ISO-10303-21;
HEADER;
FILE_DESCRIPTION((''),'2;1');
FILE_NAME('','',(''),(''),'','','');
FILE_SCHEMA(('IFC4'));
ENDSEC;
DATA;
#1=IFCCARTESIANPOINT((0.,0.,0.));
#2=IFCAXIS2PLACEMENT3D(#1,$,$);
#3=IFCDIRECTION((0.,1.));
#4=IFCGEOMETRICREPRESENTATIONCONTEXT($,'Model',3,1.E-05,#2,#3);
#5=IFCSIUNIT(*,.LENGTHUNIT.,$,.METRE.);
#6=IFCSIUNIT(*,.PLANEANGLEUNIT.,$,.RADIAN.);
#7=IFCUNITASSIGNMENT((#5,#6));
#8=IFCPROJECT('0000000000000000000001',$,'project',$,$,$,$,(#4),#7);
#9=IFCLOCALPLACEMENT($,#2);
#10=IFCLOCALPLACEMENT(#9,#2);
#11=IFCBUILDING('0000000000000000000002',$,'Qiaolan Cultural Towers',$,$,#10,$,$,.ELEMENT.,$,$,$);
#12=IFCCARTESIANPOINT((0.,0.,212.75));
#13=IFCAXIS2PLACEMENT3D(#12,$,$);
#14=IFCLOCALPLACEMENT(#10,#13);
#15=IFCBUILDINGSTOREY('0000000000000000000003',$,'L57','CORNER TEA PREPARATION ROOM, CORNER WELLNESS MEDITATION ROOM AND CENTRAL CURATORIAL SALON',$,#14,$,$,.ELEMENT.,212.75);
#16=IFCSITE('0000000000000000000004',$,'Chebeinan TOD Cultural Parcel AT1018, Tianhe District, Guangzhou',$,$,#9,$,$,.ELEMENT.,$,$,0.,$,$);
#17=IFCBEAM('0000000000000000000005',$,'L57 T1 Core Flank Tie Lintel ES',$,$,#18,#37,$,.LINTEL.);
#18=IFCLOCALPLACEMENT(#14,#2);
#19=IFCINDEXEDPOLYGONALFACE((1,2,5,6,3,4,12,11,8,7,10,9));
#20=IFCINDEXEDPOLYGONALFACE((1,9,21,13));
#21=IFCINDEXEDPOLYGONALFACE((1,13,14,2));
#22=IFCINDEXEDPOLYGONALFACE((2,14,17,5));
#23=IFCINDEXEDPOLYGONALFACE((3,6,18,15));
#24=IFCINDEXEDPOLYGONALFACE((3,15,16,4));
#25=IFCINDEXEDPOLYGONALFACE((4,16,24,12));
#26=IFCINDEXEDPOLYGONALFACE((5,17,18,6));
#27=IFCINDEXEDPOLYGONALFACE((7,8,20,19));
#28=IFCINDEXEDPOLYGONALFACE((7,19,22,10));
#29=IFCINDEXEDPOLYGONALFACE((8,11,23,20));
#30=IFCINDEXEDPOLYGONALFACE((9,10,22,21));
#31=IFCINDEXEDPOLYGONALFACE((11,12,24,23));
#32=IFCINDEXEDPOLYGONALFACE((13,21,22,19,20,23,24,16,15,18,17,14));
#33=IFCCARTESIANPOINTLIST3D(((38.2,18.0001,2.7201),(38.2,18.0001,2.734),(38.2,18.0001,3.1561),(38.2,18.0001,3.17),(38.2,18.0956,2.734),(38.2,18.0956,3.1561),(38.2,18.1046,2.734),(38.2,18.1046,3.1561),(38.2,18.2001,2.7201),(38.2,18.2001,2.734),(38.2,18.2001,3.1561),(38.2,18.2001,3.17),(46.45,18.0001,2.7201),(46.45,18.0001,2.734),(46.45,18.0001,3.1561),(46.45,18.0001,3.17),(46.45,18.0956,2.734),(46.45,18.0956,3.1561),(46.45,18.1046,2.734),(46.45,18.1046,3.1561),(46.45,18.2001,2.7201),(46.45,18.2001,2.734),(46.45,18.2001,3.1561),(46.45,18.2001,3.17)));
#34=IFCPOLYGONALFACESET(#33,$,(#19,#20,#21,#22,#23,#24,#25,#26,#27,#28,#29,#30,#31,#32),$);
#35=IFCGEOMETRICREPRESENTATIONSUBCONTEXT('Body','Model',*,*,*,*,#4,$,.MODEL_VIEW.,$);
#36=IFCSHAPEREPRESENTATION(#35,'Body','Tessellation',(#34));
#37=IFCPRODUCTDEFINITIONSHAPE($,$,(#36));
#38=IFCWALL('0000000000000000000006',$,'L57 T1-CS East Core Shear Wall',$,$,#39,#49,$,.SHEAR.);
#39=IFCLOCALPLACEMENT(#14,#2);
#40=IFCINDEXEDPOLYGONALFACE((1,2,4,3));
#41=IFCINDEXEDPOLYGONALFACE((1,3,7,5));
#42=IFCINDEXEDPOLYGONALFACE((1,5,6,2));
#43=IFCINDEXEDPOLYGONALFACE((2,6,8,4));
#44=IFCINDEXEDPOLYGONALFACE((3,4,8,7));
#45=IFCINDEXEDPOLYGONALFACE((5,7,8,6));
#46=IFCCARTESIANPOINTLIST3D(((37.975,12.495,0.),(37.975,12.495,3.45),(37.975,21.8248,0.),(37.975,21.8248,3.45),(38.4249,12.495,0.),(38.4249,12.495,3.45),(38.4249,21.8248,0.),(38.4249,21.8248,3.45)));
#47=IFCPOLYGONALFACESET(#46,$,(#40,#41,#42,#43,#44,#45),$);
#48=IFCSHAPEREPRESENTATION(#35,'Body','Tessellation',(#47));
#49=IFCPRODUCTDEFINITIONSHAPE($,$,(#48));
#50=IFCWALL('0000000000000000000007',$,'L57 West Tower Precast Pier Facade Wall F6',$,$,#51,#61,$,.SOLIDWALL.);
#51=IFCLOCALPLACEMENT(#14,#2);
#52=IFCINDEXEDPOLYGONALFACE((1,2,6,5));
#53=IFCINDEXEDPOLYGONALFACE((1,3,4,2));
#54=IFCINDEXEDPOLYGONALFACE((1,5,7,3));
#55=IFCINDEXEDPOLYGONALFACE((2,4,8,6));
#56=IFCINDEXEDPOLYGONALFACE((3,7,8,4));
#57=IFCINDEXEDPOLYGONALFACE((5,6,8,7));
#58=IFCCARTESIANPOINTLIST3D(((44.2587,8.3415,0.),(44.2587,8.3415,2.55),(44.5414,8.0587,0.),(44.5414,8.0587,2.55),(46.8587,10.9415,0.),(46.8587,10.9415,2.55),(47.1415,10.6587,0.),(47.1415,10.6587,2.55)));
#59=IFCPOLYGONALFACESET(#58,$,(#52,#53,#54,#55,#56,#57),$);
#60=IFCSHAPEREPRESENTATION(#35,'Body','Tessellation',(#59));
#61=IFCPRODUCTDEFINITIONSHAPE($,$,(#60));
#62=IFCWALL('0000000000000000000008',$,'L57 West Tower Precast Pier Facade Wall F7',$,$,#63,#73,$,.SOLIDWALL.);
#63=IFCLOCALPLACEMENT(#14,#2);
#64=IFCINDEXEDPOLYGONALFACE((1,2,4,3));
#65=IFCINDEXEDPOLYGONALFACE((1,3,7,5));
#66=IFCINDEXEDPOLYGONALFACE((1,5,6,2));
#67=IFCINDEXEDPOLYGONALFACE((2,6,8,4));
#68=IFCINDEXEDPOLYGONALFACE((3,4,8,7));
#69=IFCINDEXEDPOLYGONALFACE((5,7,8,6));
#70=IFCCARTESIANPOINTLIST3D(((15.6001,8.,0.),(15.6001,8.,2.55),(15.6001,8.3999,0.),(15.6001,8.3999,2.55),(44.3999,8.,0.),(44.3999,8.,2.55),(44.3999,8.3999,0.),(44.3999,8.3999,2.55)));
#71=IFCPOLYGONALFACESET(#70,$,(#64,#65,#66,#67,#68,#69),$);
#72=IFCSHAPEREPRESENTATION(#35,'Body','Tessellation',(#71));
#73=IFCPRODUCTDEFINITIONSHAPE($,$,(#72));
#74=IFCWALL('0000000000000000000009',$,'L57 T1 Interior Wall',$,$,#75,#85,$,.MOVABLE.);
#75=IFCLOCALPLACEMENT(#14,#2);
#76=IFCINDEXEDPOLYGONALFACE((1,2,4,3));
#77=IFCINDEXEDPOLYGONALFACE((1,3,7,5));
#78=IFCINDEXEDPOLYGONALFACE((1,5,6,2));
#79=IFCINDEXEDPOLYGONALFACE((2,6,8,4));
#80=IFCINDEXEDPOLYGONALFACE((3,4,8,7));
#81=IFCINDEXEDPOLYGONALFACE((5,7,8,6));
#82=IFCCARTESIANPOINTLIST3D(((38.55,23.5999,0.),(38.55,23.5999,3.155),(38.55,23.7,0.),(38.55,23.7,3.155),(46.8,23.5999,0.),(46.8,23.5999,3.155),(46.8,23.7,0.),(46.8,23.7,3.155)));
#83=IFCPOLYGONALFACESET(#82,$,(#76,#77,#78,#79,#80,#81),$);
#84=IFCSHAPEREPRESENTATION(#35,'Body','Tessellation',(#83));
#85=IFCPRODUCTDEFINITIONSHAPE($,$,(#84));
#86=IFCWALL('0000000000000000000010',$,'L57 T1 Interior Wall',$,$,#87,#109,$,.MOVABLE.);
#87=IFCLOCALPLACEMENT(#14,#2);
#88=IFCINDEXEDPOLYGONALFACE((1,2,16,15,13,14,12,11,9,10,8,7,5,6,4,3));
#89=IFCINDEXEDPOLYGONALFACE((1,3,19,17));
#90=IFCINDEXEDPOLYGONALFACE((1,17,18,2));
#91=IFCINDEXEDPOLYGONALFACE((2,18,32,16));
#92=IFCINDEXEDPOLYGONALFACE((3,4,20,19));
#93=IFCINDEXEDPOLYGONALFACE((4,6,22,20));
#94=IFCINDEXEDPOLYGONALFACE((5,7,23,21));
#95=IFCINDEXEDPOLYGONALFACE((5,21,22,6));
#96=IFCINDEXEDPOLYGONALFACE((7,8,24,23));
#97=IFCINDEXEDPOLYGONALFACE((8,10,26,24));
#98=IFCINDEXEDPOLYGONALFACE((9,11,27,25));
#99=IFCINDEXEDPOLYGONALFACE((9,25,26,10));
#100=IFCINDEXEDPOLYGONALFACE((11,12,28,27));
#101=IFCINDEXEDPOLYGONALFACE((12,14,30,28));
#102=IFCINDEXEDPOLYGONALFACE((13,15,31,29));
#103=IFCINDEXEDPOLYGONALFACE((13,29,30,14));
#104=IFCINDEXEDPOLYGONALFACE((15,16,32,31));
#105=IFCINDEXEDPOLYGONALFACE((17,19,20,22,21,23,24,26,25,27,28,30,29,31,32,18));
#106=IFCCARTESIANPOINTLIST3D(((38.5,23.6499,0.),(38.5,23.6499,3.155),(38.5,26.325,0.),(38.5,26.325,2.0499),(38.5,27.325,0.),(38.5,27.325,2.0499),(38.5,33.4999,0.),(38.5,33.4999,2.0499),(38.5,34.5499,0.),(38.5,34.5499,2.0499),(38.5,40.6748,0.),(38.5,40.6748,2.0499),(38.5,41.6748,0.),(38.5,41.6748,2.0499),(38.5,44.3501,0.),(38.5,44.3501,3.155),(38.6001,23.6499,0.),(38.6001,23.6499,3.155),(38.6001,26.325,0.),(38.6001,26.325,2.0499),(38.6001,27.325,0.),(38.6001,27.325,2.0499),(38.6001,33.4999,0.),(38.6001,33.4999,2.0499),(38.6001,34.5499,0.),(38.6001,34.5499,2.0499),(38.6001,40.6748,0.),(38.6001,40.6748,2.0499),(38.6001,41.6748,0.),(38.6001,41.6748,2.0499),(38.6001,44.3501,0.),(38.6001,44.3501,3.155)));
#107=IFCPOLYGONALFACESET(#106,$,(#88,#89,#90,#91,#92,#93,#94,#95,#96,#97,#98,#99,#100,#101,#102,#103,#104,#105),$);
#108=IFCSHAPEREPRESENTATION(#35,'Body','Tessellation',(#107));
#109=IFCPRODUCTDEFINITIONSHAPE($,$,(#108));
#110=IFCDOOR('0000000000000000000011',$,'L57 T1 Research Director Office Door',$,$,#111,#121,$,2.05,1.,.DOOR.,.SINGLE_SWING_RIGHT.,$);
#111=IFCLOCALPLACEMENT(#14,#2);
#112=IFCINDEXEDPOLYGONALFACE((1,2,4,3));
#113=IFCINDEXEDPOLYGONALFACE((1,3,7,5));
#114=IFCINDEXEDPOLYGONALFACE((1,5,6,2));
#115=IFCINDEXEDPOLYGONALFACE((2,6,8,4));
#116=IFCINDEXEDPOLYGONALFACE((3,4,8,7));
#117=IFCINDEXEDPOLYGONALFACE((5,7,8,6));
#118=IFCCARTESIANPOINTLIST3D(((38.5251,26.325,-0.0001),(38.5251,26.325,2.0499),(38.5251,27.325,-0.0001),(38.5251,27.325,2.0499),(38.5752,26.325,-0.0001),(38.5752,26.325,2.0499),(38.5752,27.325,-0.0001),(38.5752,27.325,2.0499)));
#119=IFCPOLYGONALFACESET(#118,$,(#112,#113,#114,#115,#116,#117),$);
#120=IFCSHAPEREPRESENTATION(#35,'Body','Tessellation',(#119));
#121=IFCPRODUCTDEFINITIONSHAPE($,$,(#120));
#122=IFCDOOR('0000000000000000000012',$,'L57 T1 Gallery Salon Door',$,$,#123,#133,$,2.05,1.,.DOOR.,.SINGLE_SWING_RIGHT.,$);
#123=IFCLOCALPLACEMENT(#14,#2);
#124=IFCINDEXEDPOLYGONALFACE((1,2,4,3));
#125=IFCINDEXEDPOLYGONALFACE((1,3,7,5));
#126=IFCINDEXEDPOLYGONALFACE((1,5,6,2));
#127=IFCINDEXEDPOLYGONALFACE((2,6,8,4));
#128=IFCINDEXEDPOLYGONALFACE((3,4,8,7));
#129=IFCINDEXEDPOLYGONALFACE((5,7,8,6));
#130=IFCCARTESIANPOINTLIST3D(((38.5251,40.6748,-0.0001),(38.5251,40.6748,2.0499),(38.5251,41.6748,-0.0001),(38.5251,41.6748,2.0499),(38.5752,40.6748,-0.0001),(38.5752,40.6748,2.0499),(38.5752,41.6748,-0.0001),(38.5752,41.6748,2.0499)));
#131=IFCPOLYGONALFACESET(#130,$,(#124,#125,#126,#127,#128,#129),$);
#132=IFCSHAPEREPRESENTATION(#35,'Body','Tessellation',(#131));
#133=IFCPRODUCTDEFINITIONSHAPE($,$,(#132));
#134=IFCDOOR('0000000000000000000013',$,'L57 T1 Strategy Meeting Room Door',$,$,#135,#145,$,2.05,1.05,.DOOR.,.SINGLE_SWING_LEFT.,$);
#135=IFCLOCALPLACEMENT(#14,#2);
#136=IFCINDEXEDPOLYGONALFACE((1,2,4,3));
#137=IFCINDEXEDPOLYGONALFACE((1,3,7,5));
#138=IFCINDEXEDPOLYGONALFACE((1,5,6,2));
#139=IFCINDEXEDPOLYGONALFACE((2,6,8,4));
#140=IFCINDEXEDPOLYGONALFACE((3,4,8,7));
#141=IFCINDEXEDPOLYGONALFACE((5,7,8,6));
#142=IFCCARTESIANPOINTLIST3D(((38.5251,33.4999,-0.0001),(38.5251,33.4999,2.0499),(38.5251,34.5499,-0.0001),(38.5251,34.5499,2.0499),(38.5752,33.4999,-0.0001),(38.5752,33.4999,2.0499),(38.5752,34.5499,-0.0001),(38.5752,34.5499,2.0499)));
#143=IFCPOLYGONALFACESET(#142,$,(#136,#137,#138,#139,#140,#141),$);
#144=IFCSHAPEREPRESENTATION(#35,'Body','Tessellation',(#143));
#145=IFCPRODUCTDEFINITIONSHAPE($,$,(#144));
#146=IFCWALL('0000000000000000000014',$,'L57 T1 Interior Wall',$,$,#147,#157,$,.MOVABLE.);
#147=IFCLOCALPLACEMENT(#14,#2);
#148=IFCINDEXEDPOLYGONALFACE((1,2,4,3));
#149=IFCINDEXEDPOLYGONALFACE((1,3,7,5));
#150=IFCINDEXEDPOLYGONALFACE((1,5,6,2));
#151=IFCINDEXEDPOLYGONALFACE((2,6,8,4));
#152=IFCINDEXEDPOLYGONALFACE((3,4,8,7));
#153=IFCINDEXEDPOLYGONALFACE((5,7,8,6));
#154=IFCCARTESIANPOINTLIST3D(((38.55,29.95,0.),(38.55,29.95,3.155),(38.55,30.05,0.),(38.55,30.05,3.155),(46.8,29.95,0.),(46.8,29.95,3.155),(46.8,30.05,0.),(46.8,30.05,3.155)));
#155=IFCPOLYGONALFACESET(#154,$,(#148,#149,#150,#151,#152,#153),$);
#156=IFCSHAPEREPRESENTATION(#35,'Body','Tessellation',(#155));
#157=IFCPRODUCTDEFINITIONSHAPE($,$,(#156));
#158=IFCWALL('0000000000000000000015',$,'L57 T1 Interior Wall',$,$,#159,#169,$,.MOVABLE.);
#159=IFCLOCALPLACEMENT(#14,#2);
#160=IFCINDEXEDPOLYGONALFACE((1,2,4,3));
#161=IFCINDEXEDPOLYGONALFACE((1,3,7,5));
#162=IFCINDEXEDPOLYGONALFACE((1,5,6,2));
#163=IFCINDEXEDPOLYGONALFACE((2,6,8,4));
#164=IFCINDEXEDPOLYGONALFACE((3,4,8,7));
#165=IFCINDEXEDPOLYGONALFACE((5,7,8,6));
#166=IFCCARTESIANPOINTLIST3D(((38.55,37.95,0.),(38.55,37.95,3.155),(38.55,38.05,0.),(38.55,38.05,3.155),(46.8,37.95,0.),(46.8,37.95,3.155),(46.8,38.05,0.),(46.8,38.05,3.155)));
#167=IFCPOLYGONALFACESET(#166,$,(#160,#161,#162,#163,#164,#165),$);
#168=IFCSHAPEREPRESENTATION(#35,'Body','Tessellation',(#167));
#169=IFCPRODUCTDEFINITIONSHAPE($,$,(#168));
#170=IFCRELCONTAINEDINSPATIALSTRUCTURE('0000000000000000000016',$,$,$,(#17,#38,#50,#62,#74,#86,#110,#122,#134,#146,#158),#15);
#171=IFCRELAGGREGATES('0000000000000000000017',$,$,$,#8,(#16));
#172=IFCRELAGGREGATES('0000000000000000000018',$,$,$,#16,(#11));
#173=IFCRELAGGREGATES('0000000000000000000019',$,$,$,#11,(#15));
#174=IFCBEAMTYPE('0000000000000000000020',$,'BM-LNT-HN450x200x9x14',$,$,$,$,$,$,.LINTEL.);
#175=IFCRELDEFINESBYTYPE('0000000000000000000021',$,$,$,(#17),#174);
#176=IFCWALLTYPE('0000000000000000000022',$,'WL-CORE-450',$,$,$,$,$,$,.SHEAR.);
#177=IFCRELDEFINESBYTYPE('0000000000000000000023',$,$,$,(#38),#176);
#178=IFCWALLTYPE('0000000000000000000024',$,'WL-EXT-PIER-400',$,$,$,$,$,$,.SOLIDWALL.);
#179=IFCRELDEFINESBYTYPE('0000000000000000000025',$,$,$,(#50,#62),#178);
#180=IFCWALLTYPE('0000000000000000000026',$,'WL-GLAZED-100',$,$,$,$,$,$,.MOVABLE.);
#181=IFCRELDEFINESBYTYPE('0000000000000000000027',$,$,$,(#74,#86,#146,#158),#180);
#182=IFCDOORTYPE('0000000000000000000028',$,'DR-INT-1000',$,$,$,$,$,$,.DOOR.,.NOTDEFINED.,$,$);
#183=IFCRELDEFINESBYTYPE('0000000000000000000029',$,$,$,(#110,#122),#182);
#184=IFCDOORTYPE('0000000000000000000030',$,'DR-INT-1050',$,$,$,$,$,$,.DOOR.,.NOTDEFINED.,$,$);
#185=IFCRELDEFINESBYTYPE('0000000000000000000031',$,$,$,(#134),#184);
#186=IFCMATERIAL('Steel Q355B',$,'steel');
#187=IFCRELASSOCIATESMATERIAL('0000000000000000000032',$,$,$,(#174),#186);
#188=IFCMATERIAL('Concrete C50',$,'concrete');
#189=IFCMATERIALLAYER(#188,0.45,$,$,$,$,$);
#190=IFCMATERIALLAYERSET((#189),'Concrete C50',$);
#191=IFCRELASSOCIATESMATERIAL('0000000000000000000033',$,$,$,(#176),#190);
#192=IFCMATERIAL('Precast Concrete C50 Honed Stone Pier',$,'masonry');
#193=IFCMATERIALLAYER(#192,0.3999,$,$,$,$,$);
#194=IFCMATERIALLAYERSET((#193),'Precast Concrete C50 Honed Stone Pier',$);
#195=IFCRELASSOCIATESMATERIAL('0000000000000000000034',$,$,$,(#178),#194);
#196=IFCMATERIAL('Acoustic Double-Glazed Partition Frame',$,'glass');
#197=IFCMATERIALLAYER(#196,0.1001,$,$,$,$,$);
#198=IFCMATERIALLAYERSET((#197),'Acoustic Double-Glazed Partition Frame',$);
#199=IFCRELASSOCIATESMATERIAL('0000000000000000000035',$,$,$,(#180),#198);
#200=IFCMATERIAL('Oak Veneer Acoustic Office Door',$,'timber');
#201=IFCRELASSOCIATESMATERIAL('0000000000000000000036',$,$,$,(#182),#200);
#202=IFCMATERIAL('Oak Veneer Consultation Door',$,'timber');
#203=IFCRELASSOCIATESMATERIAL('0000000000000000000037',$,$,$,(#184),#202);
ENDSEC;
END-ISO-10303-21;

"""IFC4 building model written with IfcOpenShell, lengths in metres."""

from ifc_helpers import new_model, si_unit, direction, frame, frame_2d, origin, origin_2d, place, context, subcontext, project, spatial, rectangle, i_section, extrude, material, layer, layer_set, material_profile, profile_set, type_object, element, fill, save


model = new_model("IFC4")

# Units and contexts
model_context = context("Model", 3, precision=1e-05, world=origin(), true_north=direction((0.0, 1.0)))
body_context = subcontext(model_context, "Body", "Model", "MODEL_VIEW")
ifc_project = project(units=[si_unit("LENGTHUNIT", "METRE"), si_unit("PLANEANGLEUNIT", "RADIAN")], contexts=[model_context])

# Site, building, storey
site_placement = place(None, origin())
site = spatial("IfcSite", under=ifc_project, at=site_placement, Name="Chebeinan TOD Cultural Parcel AT1018, Tianhe District, Guangzhou", CompositionType="ELEMENT", RefElevation=0.0)
building_placement = place(site_placement, origin())
building = spatial("IfcBuilding", under=site, at=building_placement, Name="Qiaolan Cultural Towers", CompositionType="ELEMENT")
storey_placement = place(building_placement, frame((0.0, 0.0, 212.75)))
storey = spatial("IfcBuildingStorey", under=building, at=storey_placement, Name="L57", Description="CORNER TEA PREPARATION ROOM, CORNER WELLNESS MEDITATION ROOM AND CENTRAL CURATORIAL SALON", CompositionType="ELEMENT", Elevation=212.75)

# Beam
ifc_material_1 = material(Name="Steel Q355B", Category="steel")
ifc_material_profile_1 = material_profile(ifc_material_1, i_section(OverallWidth=0.2, OverallDepth=0.45, WebThickness=0.009, FlangeThickness=0.0139, at=origin_2d()), Name="HN450x200x9x14")
ifc_profile_set_1 = profile_set([ifc_material_profile_1], Name="Steel Q355B")
beam_type_1 = type_object("IfcBeamType", Name="BM-LNT-HN450x200x9x14", PredefinedType="LINTEL", material=ifc_profile_set_1)
beam_1_placement = place(storey_placement, frame((38.2, 18.1001, 2.9451), z_axis=(1.0, 0.0, 0.0), x_axis=(0.0, 1.0, 0.0)))
element("IfcBeam", 1, at=beam_1_placement, inside=storey, type_object=beam_type_1, Name="L57 T1 Core Flank Tie Lintel ES", PredefinedType="LINTEL", context=body_context, shape_type="SweptSolid", body=[
    extrude(i_section(OverallWidth=0.2, OverallDepth=0.45, WebThickness=0.009, FlangeThickness=0.0139, at=origin_2d()), origin(), (0.0, 0.0, 1.0), 8.25),
])

# Walls
ifc_material_2 = material(Name="Concrete C50", Category="concrete")
ifc_layer_1 = layer(ifc_material_2, 0.45)
ifc_layer_set_1 = layer_set([ifc_layer_1], Name="Concrete C50")
wall_type_1 = type_object("IfcWallType", Name="WL-CORE-450", PredefinedType="SHEAR", material=ifc_layer_set_1)
wall_1_placement = place(storey_placement, frame((38.2, 21.825, 0.0), z_axis=(0.0, 0.0, 1.0), x_axis=(0.0, -1.0, 0.0)))
element("IfcWall", 2, at=wall_1_placement, inside=storey, type_object=wall_type_1, Name="L57 T1-CS East Core Shear Wall", PredefinedType="SHEAR", context=body_context, shape_type="SweptSolid", body=[
    extrude(rectangle(XDim=9.3298, YDim=0.45, at=frame_2d((4.665, 0.0))), origin(), (0.0, 0.0, 1.0), 3.45),
])
ifc_material_3 = material(Name="Precast Concrete C50 Honed Stone Pier", Category="masonry")
ifc_layer_2 = layer(ifc_material_3, 0.3999)
ifc_layer_set_2 = layer_set([ifc_layer_2], Name="Precast Concrete C50 Honed Stone Pier")
wall_type_2 = type_object("IfcWallType", Name="WL-EXT-PIER-400", PredefinedType="SOLIDWALL", material=ifc_layer_set_2)
wall_2_placement = place(storey_placement, frame((47.0, 10.8, 0.0), z_axis=(0.0, 0.0, 1.0), x_axis=(-0.707107, -0.707107, 0.0)))
element("IfcWall", 3, at=wall_2_placement, inside=storey, type_object=wall_type_2, Name="L57 West Tower Precast Pier Facade Wall F6", PredefinedType="SOLIDWALL", context=body_context, shape_type="SweptSolid", body=[
    extrude(rectangle(XDim=3.677, YDim=0.3999, at=frame_2d((1.8384, 0.0))), origin(), (0.0, 0.0, 1.0), 2.55),
])
wall_3_placement = place(storey_placement, frame((44.3999, 8.2, 0.0), z_axis=(0.0, 0.0, 1.0), x_axis=(-1.0, 0.0, 0.0)))
element("IfcWall", 4, at=wall_3_placement, inside=storey, type_object=wall_type_2, Name="L57 West Tower Precast Pier Facade Wall F7", PredefinedType="SOLIDWALL", context=body_context, shape_type="SweptSolid", body=[
    extrude(rectangle(XDim=28.7998, YDim=0.3999, at=frame_2d((14.3999, 0.0))), origin(), (0.0, 0.0, 1.0), 2.55),
])
ifc_material_4 = material(Name="Acoustic Double-Glazed Partition Frame", Category="glass")
ifc_layer_3 = layer(ifc_material_4, 0.1001)
ifc_layer_set_3 = layer_set([ifc_layer_3], Name="Acoustic Double-Glazed Partition Frame")
wall_type_3 = type_object("IfcWallType", Name="WL-GLAZED-100", PredefinedType="MOVABLE", material=ifc_layer_set_3)
wall_4_placement = place(storey_placement, frame((38.55, 23.6499, 0.0), z_axis=(0.0, 0.0, 1.0), x_axis=(1.0, 0.0, 0.0)))
element("IfcWall", 5, at=wall_4_placement, inside=storey, type_object=wall_type_3, Name="L57 T1 Interior Wall", PredefinedType="MOVABLE", context=body_context, shape_type="SweptSolid", body=[
    extrude(rectangle(XDim=8.25, YDim=0.1001, at=frame_2d((4.125, 0.0))), origin(), (0.0, 0.0, 1.0), 3.155),
])

# Wall, openings, doors
wall_5_placement = place(storey_placement, frame((38.55, 23.6499, 0.0), z_axis=(0.0, 0.0, 1.0), x_axis=(0.0, 1.0, 0.0)))
wall_5 = element("IfcWall", 6, at=wall_5_placement, inside=storey, type_object=wall_type_3, Name="L57 T1 Interior Wall", PredefinedType="MOVABLE", context=body_context, shape_type="SweptSolid", body=[
    extrude(rectangle(XDim=20.7002, YDim=0.1001, at=frame_2d((10.3501, 0.0))), origin(), (0.0, 0.0, 1.0), 3.155),
])
opening_1_placement = place(wall_5_placement, frame((2.675, 0.0, 0.0)))
opening_1 = element("IfcOpeningElement", 7, at=opening_1_placement, cuts=wall_5, PredefinedType="OPENING", context=body_context, shape_type="SweptSolid", body=[
    extrude(rectangle(XDim=1.0, YDim=2.05, at=frame_2d((0.5, 1.0249))), frame((0.0, 0.0601, 0.0), z_axis=(0.0, -1.0, 0.0), x_axis=(1.0, 0.0, 0.0)), (0.0, 0.0, 1.0), 0.1201),
])
opening_2_placement = place(wall_5_placement, frame((9.8501, 0.0, 0.0)))
opening_2 = element("IfcOpeningElement", 8, at=opening_2_placement, cuts=wall_5, PredefinedType="OPENING", context=body_context, shape_type="SweptSolid", body=[
    extrude(rectangle(XDim=1.05, YDim=2.05, at=frame_2d((0.5249, 1.0249))), frame((0.0, 0.0601, 0.0), z_axis=(0.0, -1.0, 0.0), x_axis=(1.0, 0.0, 0.0)), (0.0, 0.0, 1.0), 0.1201),
])
opening_3_placement = place(wall_5_placement, frame((17.0249, 0.0, 0.0)))
opening_3 = element("IfcOpeningElement", 9, at=opening_3_placement, cuts=wall_5, PredefinedType="OPENING", context=body_context, shape_type="SweptSolid", body=[
    extrude(rectangle(XDim=1.0, YDim=2.05, at=frame_2d((0.5, 1.0249))), frame((0.0, 0.0601, 0.0), z_axis=(0.0, -1.0, 0.0), x_axis=(1.0, 0.0, 0.0)), (0.0, 0.0, 1.0), 0.1201),
])
ifc_material_5 = material(Name="Oak Veneer Acoustic Office Door", Category="timber")
door_type_1 = type_object("IfcDoorType", Name="DR-INT-1000", OperationType="NOTDEFINED", PredefinedType="DOOR", material=ifc_material_5)
door_1_placement = place(opening_1_placement, origin())
door_1 = element("IfcDoor", 10, at=door_1_placement, inside=storey, type_object=door_type_1, Name="L57 T1 Research Director Office Door", OperationType="SINGLE_SWING_RIGHT", OverallHeight=2.05, OverallWidth=1.0, PredefinedType="DOOR", context=body_context, shape_type="SweptSolid", body=[
    extrude(rectangle(XDim=1.0, YDim=2.05, at=frame_2d((0.5, 1.0249))), frame((0.0, 0.0249, 0.0), z_axis=(0.0, -1.0, 0.0), x_axis=(1.0, 0.0, 0.0)), (0.0, 0.0, 1.0), 0.05),
])
fill(opening_1, door_1)
door_2_placement = place(opening_3_placement, origin())
door_2 = element("IfcDoor", 11, at=door_2_placement, inside=storey, type_object=door_type_1, Name="L57 T1 Gallery Salon Door", OperationType="SINGLE_SWING_RIGHT", OverallHeight=2.05, OverallWidth=1.0, PredefinedType="DOOR", context=body_context, shape_type="SweptSolid", body=[
    extrude(rectangle(XDim=1.0, YDim=2.05, at=frame_2d((0.5, 1.0249))), frame((0.0, 0.0249, 0.0), z_axis=(0.0, -1.0, 0.0), x_axis=(1.0, 0.0, 0.0)), (0.0, 0.0, 1.0), 0.05),
])
fill(opening_3, door_2)
ifc_material_6 = material(Name="Oak Veneer Consultation Door", Category="timber")
door_type_2 = type_object("IfcDoorType", Name="DR-INT-1050", OperationType="NOTDEFINED", PredefinedType="DOOR", material=ifc_material_6)
door_3_placement = place(opening_2_placement, origin())
door_3 = element("IfcDoor", 12, at=door_3_placement, inside=storey, type_object=door_type_2, Name="L57 T1 Strategy Meeting Room Door", OperationType="SINGLE_SWING_LEFT", OverallHeight=2.05, OverallWidth=1.05, PredefinedType="DOOR", context=body_context, shape_type="SweptSolid", body=[
    extrude(rectangle(XDim=1.05, YDim=2.05, at=frame_2d((0.5249, 1.0249))), frame((0.0, 0.0249, 0.0), z_axis=(0.0, -1.0, 0.0), x_axis=(1.0, 0.0, 0.0)), (0.0, 0.0, 1.0), 0.05),
])
fill(opening_2, door_3)

# Walls
for number, where, z_axis, x_axis, name in (
    (13, (38.55, 30.0, 0.0), (0.0, 0.0, 1.0), (1.0, 0.0, 0.0), "L57 T1 Interior Wall"),
    (14, (38.55, 38.0, 0.0), (0.0, 0.0, 1.0), (1.0, 0.0, 0.0), "L57 T1 Interior Wall"),
):
    element("IfcWall", number, at=place(storey_placement, frame(where, z_axis=z_axis, x_axis=x_axis)), inside=storey, type_object=wall_type_3, Name=name, PredefinedType="MOVABLE", context=body_context, shape_type="SweptSolid", body=[
        extrude(rectangle(XDim=8.25, YDim=0.1001, at=frame_2d((4.125, 0.0))), origin(), (0.0, 0.0, 1.0), 3.155),
    ])

save(model, "model.ifc")
